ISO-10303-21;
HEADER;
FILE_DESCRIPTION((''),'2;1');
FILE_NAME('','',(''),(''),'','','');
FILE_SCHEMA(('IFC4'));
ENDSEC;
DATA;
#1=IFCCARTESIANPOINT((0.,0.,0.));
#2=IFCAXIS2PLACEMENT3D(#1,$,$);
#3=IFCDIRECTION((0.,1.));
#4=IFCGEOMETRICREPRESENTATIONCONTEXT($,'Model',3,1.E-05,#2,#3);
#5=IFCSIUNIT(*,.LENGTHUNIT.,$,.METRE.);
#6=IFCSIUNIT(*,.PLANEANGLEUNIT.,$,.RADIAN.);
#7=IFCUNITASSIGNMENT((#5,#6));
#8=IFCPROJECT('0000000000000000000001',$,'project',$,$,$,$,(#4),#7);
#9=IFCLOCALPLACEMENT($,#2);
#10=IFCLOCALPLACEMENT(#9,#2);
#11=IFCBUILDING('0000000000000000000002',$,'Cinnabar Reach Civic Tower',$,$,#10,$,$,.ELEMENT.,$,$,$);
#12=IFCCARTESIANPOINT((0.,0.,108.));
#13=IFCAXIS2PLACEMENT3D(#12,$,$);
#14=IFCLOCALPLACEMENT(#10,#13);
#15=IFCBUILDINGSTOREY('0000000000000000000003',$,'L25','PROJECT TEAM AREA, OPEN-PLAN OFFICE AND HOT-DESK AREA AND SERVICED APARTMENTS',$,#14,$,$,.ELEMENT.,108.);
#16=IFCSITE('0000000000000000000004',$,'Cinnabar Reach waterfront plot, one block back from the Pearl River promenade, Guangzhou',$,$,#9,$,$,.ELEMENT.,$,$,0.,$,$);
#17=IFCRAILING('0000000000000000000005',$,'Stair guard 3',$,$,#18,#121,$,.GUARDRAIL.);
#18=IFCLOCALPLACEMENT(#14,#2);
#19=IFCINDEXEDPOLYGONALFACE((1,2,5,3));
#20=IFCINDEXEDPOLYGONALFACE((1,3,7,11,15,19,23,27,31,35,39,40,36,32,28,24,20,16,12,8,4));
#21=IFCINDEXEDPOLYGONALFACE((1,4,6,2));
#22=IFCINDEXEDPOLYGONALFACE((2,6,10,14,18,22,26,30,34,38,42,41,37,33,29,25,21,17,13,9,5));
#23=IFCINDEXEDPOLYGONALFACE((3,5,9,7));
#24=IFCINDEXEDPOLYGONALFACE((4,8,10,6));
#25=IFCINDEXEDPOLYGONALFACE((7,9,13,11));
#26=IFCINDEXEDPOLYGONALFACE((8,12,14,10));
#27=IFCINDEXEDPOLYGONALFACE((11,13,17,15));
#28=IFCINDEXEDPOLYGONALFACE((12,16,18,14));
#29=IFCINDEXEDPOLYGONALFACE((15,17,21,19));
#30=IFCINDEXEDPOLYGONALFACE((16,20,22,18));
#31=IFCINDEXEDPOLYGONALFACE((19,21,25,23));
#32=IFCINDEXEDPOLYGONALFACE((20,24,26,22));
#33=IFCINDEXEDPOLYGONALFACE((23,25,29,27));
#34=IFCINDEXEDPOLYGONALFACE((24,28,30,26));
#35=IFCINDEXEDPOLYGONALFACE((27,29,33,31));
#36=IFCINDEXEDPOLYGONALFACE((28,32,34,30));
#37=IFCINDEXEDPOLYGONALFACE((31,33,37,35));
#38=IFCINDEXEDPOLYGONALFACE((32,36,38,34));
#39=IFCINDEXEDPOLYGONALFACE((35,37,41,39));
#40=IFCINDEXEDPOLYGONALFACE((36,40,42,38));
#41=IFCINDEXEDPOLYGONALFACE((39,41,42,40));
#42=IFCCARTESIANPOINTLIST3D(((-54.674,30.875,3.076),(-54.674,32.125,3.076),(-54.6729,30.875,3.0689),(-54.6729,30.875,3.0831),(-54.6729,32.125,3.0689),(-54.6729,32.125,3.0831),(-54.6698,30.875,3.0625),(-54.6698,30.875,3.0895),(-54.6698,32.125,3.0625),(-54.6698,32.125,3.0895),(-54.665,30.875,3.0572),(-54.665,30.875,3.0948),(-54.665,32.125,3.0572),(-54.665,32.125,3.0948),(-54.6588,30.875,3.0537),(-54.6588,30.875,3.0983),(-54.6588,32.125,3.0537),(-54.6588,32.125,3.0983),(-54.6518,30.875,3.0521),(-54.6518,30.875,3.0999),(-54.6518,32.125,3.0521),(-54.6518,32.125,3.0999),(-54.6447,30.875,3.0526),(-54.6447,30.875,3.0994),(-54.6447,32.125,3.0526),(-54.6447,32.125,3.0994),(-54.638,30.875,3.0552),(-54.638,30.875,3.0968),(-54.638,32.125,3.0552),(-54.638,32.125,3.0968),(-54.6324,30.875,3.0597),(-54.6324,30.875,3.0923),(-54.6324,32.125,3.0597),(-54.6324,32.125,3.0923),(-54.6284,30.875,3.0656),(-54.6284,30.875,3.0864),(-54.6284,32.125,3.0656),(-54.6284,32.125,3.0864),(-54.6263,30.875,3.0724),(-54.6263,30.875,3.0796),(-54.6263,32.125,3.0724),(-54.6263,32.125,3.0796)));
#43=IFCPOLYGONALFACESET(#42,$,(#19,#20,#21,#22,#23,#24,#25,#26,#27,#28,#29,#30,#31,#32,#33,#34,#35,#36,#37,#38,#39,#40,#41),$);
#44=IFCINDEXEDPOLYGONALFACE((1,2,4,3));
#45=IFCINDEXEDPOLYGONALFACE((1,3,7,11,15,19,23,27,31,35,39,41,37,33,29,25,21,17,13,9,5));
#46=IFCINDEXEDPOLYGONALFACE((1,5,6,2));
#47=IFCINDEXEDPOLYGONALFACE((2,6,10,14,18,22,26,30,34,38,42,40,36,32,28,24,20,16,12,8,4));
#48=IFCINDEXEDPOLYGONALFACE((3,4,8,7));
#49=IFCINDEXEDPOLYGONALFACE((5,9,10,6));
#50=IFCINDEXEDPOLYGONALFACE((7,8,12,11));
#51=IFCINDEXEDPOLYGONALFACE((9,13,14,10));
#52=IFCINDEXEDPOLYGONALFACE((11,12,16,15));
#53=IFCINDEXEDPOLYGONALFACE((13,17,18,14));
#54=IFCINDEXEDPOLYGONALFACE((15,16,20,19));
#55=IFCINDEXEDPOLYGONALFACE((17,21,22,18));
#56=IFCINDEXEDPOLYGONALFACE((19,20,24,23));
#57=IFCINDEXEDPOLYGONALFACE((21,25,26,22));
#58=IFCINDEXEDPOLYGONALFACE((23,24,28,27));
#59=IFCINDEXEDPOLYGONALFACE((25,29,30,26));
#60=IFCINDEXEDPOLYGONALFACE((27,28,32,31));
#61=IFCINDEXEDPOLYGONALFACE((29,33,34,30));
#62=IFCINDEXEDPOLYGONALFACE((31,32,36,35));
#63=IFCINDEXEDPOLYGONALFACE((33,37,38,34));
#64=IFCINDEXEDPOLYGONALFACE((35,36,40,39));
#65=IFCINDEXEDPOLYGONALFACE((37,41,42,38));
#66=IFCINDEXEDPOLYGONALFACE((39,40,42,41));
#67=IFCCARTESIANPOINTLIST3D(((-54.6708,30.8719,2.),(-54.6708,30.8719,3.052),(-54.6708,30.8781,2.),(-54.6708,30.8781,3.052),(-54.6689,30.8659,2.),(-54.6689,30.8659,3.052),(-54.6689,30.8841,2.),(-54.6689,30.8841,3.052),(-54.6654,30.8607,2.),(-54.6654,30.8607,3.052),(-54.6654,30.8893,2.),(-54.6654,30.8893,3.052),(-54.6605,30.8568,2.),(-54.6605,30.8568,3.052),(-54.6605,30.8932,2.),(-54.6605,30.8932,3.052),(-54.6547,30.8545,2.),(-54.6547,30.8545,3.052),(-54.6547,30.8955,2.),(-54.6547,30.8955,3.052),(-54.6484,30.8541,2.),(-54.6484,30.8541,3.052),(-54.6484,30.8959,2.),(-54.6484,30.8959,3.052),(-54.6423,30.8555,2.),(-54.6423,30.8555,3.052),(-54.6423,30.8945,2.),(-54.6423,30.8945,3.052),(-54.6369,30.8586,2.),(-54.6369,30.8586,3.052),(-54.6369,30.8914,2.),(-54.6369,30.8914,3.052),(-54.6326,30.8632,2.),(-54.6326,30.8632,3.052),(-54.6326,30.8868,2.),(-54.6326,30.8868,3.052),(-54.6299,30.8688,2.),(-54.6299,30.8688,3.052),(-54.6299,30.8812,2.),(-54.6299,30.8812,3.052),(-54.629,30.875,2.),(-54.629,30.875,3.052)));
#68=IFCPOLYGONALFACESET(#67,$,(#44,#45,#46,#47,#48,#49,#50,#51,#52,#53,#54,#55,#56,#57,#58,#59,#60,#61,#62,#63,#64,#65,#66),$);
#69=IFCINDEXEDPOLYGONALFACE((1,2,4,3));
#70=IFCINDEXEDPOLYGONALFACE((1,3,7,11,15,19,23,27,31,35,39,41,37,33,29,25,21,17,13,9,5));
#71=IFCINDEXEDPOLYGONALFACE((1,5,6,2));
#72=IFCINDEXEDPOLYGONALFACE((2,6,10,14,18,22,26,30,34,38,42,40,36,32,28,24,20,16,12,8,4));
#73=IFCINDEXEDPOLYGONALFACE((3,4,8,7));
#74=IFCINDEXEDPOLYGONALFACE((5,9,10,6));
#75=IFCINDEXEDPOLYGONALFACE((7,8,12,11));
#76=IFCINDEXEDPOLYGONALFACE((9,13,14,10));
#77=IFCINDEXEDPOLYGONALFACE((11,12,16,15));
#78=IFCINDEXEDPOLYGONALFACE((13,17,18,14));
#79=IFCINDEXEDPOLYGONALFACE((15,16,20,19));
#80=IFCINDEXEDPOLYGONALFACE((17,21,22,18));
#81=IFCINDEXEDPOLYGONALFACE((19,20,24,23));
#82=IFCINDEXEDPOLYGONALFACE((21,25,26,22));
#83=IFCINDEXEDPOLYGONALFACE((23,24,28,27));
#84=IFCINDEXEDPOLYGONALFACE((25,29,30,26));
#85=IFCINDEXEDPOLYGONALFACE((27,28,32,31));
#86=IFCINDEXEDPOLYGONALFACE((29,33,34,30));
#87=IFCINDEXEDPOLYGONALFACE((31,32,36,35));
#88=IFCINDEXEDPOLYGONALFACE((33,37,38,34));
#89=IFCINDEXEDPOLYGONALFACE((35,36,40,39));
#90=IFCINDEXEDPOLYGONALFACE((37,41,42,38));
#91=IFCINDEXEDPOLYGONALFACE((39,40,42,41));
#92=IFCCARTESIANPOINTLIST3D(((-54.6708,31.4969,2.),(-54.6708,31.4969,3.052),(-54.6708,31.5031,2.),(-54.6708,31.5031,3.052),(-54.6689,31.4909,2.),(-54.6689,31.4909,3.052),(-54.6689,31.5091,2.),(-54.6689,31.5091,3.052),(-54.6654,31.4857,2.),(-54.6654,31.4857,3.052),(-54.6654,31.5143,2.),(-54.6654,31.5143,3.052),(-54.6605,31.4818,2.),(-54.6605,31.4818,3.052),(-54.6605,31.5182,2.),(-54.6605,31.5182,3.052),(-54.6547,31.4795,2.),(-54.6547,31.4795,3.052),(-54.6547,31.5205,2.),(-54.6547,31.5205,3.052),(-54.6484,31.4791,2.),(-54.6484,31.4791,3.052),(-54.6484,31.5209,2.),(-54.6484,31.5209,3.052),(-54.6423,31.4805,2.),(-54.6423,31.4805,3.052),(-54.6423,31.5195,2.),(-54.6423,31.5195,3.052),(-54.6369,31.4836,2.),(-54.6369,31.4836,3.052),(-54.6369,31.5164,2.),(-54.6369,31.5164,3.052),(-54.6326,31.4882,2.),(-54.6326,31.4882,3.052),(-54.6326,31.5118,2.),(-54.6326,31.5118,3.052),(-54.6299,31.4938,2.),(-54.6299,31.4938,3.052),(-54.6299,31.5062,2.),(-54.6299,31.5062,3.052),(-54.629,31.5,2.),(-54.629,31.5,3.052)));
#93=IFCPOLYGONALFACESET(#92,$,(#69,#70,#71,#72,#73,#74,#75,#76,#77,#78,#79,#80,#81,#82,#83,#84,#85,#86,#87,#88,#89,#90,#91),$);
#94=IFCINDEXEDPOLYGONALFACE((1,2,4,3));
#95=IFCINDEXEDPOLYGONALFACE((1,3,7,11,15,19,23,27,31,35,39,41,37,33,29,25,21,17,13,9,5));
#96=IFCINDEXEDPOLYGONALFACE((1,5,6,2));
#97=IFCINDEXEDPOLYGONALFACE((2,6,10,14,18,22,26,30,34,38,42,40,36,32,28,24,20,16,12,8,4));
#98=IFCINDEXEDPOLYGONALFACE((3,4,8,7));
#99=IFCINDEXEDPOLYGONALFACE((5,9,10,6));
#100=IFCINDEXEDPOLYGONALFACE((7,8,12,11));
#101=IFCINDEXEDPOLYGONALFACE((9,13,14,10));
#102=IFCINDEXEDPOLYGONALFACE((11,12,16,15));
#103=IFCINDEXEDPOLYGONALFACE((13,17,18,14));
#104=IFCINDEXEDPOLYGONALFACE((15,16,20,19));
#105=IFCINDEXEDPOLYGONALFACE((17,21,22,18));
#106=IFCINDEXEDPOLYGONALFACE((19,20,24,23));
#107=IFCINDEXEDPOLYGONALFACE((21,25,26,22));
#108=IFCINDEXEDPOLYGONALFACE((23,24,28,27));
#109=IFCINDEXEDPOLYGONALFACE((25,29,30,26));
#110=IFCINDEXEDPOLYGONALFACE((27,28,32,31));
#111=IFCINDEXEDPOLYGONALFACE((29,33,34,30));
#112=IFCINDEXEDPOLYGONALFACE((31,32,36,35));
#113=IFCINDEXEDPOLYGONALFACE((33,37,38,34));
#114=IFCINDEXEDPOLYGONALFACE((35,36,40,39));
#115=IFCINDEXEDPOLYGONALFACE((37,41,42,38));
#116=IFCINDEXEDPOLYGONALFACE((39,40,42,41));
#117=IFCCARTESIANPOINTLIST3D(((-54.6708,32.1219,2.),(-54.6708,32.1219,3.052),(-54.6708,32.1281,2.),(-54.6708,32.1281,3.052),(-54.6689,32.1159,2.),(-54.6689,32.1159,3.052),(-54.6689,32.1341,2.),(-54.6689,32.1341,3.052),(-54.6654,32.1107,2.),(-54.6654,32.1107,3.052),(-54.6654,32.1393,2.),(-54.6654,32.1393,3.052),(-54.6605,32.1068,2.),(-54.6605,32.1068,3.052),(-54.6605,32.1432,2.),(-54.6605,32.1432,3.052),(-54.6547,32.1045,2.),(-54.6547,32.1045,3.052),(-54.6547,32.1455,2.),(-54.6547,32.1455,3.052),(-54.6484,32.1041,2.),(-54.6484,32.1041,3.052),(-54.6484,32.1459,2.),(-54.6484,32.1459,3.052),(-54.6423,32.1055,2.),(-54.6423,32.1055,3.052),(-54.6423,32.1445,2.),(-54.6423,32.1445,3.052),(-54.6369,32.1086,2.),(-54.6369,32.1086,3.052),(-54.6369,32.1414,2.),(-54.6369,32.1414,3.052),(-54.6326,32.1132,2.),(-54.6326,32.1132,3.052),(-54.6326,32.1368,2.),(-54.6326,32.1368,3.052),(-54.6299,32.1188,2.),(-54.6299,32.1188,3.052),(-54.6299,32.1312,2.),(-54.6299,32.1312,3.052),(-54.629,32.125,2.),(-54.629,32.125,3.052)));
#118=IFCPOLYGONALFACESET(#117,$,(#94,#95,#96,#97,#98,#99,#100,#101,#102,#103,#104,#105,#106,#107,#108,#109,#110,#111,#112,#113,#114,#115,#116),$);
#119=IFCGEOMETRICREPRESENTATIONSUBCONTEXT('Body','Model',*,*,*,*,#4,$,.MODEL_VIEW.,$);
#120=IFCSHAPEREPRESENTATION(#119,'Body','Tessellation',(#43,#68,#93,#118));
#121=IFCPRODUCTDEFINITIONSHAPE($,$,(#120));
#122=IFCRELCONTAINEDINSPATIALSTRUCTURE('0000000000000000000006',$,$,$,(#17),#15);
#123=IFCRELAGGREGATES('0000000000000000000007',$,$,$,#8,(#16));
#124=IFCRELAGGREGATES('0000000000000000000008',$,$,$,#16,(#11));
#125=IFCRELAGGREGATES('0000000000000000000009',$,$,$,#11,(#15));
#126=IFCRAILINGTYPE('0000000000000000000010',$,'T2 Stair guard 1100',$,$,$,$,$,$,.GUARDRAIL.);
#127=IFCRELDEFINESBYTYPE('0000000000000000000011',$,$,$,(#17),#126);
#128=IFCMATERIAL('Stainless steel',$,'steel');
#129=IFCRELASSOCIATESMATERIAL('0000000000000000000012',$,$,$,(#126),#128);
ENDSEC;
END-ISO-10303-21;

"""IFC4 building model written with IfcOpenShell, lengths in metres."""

from ifc_helpers import new_model, si_unit, direction, frame, origin, origin_2d, place, context, subcontext, project, spatial, circle, extrude, material, type_object, element, save


model = new_model("IFC4")

# Units and contexts
model_context = context("Model", 3, precision=1e-05, world=origin(), true_north=direction((0.0, 1.0)))
body_context = subcontext(model_context, "Body", "Model", "MODEL_VIEW")
ifc_project = project(units=[si_unit("LENGTHUNIT", "METRE"), si_unit("PLANEANGLEUNIT", "RADIAN")], contexts=[model_context])

# Site, building, storey
site_placement = place(None, origin())
site = spatial("IfcSite", under=ifc_project, at=site_placement, Name="Cinnabar Reach waterfront plot, one block back from the Pearl River promenade, Guangzhou", CompositionType="ELEMENT", RefElevation=0.0)
building_placement = place(site_placement, origin())
building = spatial("IfcBuilding", under=site, at=building_placement, Name="Cinnabar Reach Civic Tower", CompositionType="ELEMENT")
storey_placement = place(building_placement, frame((0.0, 0.0, 108.0)))
storey = spatial("IfcBuildingStorey", under=building, at=storey_placement, Name="L25", Description="PROJECT TEAM AREA, OPEN-PLAN OFFICE AND HOT-DESK AREA AND SERVICED APARTMENTS", CompositionType="ELEMENT", Elevation=108.0)

# Railing
ifc_material_1 = material(Name="Stainless steel", Category="steel")
railing_type = type_object("IfcRailingType", Name="T2 Stair guard 1100", PredefinedType="GUARDRAIL", material=ifc_material_1)
for number, where, name in (
    (1, (-54.65, 30.875, 2.0), "Stair guard 3"),
):
    element("IfcRailing", number, at=place(storey_placement, frame(where)), inside=storey, type_object=railing_type, Name=name, PredefinedType="GUARDRAIL", context=body_context, shape_type="SweptSolid", body=[
        extrude(circle(Radius=0.024, at=origin_2d()), frame((0.0, 0.0, 1.076), z_axis=(0.0, 1.0, 0.0), x_axis=(-1.0, 0.0, 0.0)), (0.0, 0.0, 1.0), 1.25),
        extrude(circle(Radius=0.021, at=origin_2d()), origin(), (0.0, 0.0, 1.0), 1.052),
        extrude(circle(Radius=0.021, at=origin_2d()), frame((0.0, 0.625, 0.0)), (0.0, 0.0, 1.0), 1.052),
        extrude(circle(Radius=0.021, at=origin_2d()), frame((0.0, 1.25, 0.0)), (0.0, 0.0, 1.0), 1.052),
    ])

save(model, "model.ifc")
